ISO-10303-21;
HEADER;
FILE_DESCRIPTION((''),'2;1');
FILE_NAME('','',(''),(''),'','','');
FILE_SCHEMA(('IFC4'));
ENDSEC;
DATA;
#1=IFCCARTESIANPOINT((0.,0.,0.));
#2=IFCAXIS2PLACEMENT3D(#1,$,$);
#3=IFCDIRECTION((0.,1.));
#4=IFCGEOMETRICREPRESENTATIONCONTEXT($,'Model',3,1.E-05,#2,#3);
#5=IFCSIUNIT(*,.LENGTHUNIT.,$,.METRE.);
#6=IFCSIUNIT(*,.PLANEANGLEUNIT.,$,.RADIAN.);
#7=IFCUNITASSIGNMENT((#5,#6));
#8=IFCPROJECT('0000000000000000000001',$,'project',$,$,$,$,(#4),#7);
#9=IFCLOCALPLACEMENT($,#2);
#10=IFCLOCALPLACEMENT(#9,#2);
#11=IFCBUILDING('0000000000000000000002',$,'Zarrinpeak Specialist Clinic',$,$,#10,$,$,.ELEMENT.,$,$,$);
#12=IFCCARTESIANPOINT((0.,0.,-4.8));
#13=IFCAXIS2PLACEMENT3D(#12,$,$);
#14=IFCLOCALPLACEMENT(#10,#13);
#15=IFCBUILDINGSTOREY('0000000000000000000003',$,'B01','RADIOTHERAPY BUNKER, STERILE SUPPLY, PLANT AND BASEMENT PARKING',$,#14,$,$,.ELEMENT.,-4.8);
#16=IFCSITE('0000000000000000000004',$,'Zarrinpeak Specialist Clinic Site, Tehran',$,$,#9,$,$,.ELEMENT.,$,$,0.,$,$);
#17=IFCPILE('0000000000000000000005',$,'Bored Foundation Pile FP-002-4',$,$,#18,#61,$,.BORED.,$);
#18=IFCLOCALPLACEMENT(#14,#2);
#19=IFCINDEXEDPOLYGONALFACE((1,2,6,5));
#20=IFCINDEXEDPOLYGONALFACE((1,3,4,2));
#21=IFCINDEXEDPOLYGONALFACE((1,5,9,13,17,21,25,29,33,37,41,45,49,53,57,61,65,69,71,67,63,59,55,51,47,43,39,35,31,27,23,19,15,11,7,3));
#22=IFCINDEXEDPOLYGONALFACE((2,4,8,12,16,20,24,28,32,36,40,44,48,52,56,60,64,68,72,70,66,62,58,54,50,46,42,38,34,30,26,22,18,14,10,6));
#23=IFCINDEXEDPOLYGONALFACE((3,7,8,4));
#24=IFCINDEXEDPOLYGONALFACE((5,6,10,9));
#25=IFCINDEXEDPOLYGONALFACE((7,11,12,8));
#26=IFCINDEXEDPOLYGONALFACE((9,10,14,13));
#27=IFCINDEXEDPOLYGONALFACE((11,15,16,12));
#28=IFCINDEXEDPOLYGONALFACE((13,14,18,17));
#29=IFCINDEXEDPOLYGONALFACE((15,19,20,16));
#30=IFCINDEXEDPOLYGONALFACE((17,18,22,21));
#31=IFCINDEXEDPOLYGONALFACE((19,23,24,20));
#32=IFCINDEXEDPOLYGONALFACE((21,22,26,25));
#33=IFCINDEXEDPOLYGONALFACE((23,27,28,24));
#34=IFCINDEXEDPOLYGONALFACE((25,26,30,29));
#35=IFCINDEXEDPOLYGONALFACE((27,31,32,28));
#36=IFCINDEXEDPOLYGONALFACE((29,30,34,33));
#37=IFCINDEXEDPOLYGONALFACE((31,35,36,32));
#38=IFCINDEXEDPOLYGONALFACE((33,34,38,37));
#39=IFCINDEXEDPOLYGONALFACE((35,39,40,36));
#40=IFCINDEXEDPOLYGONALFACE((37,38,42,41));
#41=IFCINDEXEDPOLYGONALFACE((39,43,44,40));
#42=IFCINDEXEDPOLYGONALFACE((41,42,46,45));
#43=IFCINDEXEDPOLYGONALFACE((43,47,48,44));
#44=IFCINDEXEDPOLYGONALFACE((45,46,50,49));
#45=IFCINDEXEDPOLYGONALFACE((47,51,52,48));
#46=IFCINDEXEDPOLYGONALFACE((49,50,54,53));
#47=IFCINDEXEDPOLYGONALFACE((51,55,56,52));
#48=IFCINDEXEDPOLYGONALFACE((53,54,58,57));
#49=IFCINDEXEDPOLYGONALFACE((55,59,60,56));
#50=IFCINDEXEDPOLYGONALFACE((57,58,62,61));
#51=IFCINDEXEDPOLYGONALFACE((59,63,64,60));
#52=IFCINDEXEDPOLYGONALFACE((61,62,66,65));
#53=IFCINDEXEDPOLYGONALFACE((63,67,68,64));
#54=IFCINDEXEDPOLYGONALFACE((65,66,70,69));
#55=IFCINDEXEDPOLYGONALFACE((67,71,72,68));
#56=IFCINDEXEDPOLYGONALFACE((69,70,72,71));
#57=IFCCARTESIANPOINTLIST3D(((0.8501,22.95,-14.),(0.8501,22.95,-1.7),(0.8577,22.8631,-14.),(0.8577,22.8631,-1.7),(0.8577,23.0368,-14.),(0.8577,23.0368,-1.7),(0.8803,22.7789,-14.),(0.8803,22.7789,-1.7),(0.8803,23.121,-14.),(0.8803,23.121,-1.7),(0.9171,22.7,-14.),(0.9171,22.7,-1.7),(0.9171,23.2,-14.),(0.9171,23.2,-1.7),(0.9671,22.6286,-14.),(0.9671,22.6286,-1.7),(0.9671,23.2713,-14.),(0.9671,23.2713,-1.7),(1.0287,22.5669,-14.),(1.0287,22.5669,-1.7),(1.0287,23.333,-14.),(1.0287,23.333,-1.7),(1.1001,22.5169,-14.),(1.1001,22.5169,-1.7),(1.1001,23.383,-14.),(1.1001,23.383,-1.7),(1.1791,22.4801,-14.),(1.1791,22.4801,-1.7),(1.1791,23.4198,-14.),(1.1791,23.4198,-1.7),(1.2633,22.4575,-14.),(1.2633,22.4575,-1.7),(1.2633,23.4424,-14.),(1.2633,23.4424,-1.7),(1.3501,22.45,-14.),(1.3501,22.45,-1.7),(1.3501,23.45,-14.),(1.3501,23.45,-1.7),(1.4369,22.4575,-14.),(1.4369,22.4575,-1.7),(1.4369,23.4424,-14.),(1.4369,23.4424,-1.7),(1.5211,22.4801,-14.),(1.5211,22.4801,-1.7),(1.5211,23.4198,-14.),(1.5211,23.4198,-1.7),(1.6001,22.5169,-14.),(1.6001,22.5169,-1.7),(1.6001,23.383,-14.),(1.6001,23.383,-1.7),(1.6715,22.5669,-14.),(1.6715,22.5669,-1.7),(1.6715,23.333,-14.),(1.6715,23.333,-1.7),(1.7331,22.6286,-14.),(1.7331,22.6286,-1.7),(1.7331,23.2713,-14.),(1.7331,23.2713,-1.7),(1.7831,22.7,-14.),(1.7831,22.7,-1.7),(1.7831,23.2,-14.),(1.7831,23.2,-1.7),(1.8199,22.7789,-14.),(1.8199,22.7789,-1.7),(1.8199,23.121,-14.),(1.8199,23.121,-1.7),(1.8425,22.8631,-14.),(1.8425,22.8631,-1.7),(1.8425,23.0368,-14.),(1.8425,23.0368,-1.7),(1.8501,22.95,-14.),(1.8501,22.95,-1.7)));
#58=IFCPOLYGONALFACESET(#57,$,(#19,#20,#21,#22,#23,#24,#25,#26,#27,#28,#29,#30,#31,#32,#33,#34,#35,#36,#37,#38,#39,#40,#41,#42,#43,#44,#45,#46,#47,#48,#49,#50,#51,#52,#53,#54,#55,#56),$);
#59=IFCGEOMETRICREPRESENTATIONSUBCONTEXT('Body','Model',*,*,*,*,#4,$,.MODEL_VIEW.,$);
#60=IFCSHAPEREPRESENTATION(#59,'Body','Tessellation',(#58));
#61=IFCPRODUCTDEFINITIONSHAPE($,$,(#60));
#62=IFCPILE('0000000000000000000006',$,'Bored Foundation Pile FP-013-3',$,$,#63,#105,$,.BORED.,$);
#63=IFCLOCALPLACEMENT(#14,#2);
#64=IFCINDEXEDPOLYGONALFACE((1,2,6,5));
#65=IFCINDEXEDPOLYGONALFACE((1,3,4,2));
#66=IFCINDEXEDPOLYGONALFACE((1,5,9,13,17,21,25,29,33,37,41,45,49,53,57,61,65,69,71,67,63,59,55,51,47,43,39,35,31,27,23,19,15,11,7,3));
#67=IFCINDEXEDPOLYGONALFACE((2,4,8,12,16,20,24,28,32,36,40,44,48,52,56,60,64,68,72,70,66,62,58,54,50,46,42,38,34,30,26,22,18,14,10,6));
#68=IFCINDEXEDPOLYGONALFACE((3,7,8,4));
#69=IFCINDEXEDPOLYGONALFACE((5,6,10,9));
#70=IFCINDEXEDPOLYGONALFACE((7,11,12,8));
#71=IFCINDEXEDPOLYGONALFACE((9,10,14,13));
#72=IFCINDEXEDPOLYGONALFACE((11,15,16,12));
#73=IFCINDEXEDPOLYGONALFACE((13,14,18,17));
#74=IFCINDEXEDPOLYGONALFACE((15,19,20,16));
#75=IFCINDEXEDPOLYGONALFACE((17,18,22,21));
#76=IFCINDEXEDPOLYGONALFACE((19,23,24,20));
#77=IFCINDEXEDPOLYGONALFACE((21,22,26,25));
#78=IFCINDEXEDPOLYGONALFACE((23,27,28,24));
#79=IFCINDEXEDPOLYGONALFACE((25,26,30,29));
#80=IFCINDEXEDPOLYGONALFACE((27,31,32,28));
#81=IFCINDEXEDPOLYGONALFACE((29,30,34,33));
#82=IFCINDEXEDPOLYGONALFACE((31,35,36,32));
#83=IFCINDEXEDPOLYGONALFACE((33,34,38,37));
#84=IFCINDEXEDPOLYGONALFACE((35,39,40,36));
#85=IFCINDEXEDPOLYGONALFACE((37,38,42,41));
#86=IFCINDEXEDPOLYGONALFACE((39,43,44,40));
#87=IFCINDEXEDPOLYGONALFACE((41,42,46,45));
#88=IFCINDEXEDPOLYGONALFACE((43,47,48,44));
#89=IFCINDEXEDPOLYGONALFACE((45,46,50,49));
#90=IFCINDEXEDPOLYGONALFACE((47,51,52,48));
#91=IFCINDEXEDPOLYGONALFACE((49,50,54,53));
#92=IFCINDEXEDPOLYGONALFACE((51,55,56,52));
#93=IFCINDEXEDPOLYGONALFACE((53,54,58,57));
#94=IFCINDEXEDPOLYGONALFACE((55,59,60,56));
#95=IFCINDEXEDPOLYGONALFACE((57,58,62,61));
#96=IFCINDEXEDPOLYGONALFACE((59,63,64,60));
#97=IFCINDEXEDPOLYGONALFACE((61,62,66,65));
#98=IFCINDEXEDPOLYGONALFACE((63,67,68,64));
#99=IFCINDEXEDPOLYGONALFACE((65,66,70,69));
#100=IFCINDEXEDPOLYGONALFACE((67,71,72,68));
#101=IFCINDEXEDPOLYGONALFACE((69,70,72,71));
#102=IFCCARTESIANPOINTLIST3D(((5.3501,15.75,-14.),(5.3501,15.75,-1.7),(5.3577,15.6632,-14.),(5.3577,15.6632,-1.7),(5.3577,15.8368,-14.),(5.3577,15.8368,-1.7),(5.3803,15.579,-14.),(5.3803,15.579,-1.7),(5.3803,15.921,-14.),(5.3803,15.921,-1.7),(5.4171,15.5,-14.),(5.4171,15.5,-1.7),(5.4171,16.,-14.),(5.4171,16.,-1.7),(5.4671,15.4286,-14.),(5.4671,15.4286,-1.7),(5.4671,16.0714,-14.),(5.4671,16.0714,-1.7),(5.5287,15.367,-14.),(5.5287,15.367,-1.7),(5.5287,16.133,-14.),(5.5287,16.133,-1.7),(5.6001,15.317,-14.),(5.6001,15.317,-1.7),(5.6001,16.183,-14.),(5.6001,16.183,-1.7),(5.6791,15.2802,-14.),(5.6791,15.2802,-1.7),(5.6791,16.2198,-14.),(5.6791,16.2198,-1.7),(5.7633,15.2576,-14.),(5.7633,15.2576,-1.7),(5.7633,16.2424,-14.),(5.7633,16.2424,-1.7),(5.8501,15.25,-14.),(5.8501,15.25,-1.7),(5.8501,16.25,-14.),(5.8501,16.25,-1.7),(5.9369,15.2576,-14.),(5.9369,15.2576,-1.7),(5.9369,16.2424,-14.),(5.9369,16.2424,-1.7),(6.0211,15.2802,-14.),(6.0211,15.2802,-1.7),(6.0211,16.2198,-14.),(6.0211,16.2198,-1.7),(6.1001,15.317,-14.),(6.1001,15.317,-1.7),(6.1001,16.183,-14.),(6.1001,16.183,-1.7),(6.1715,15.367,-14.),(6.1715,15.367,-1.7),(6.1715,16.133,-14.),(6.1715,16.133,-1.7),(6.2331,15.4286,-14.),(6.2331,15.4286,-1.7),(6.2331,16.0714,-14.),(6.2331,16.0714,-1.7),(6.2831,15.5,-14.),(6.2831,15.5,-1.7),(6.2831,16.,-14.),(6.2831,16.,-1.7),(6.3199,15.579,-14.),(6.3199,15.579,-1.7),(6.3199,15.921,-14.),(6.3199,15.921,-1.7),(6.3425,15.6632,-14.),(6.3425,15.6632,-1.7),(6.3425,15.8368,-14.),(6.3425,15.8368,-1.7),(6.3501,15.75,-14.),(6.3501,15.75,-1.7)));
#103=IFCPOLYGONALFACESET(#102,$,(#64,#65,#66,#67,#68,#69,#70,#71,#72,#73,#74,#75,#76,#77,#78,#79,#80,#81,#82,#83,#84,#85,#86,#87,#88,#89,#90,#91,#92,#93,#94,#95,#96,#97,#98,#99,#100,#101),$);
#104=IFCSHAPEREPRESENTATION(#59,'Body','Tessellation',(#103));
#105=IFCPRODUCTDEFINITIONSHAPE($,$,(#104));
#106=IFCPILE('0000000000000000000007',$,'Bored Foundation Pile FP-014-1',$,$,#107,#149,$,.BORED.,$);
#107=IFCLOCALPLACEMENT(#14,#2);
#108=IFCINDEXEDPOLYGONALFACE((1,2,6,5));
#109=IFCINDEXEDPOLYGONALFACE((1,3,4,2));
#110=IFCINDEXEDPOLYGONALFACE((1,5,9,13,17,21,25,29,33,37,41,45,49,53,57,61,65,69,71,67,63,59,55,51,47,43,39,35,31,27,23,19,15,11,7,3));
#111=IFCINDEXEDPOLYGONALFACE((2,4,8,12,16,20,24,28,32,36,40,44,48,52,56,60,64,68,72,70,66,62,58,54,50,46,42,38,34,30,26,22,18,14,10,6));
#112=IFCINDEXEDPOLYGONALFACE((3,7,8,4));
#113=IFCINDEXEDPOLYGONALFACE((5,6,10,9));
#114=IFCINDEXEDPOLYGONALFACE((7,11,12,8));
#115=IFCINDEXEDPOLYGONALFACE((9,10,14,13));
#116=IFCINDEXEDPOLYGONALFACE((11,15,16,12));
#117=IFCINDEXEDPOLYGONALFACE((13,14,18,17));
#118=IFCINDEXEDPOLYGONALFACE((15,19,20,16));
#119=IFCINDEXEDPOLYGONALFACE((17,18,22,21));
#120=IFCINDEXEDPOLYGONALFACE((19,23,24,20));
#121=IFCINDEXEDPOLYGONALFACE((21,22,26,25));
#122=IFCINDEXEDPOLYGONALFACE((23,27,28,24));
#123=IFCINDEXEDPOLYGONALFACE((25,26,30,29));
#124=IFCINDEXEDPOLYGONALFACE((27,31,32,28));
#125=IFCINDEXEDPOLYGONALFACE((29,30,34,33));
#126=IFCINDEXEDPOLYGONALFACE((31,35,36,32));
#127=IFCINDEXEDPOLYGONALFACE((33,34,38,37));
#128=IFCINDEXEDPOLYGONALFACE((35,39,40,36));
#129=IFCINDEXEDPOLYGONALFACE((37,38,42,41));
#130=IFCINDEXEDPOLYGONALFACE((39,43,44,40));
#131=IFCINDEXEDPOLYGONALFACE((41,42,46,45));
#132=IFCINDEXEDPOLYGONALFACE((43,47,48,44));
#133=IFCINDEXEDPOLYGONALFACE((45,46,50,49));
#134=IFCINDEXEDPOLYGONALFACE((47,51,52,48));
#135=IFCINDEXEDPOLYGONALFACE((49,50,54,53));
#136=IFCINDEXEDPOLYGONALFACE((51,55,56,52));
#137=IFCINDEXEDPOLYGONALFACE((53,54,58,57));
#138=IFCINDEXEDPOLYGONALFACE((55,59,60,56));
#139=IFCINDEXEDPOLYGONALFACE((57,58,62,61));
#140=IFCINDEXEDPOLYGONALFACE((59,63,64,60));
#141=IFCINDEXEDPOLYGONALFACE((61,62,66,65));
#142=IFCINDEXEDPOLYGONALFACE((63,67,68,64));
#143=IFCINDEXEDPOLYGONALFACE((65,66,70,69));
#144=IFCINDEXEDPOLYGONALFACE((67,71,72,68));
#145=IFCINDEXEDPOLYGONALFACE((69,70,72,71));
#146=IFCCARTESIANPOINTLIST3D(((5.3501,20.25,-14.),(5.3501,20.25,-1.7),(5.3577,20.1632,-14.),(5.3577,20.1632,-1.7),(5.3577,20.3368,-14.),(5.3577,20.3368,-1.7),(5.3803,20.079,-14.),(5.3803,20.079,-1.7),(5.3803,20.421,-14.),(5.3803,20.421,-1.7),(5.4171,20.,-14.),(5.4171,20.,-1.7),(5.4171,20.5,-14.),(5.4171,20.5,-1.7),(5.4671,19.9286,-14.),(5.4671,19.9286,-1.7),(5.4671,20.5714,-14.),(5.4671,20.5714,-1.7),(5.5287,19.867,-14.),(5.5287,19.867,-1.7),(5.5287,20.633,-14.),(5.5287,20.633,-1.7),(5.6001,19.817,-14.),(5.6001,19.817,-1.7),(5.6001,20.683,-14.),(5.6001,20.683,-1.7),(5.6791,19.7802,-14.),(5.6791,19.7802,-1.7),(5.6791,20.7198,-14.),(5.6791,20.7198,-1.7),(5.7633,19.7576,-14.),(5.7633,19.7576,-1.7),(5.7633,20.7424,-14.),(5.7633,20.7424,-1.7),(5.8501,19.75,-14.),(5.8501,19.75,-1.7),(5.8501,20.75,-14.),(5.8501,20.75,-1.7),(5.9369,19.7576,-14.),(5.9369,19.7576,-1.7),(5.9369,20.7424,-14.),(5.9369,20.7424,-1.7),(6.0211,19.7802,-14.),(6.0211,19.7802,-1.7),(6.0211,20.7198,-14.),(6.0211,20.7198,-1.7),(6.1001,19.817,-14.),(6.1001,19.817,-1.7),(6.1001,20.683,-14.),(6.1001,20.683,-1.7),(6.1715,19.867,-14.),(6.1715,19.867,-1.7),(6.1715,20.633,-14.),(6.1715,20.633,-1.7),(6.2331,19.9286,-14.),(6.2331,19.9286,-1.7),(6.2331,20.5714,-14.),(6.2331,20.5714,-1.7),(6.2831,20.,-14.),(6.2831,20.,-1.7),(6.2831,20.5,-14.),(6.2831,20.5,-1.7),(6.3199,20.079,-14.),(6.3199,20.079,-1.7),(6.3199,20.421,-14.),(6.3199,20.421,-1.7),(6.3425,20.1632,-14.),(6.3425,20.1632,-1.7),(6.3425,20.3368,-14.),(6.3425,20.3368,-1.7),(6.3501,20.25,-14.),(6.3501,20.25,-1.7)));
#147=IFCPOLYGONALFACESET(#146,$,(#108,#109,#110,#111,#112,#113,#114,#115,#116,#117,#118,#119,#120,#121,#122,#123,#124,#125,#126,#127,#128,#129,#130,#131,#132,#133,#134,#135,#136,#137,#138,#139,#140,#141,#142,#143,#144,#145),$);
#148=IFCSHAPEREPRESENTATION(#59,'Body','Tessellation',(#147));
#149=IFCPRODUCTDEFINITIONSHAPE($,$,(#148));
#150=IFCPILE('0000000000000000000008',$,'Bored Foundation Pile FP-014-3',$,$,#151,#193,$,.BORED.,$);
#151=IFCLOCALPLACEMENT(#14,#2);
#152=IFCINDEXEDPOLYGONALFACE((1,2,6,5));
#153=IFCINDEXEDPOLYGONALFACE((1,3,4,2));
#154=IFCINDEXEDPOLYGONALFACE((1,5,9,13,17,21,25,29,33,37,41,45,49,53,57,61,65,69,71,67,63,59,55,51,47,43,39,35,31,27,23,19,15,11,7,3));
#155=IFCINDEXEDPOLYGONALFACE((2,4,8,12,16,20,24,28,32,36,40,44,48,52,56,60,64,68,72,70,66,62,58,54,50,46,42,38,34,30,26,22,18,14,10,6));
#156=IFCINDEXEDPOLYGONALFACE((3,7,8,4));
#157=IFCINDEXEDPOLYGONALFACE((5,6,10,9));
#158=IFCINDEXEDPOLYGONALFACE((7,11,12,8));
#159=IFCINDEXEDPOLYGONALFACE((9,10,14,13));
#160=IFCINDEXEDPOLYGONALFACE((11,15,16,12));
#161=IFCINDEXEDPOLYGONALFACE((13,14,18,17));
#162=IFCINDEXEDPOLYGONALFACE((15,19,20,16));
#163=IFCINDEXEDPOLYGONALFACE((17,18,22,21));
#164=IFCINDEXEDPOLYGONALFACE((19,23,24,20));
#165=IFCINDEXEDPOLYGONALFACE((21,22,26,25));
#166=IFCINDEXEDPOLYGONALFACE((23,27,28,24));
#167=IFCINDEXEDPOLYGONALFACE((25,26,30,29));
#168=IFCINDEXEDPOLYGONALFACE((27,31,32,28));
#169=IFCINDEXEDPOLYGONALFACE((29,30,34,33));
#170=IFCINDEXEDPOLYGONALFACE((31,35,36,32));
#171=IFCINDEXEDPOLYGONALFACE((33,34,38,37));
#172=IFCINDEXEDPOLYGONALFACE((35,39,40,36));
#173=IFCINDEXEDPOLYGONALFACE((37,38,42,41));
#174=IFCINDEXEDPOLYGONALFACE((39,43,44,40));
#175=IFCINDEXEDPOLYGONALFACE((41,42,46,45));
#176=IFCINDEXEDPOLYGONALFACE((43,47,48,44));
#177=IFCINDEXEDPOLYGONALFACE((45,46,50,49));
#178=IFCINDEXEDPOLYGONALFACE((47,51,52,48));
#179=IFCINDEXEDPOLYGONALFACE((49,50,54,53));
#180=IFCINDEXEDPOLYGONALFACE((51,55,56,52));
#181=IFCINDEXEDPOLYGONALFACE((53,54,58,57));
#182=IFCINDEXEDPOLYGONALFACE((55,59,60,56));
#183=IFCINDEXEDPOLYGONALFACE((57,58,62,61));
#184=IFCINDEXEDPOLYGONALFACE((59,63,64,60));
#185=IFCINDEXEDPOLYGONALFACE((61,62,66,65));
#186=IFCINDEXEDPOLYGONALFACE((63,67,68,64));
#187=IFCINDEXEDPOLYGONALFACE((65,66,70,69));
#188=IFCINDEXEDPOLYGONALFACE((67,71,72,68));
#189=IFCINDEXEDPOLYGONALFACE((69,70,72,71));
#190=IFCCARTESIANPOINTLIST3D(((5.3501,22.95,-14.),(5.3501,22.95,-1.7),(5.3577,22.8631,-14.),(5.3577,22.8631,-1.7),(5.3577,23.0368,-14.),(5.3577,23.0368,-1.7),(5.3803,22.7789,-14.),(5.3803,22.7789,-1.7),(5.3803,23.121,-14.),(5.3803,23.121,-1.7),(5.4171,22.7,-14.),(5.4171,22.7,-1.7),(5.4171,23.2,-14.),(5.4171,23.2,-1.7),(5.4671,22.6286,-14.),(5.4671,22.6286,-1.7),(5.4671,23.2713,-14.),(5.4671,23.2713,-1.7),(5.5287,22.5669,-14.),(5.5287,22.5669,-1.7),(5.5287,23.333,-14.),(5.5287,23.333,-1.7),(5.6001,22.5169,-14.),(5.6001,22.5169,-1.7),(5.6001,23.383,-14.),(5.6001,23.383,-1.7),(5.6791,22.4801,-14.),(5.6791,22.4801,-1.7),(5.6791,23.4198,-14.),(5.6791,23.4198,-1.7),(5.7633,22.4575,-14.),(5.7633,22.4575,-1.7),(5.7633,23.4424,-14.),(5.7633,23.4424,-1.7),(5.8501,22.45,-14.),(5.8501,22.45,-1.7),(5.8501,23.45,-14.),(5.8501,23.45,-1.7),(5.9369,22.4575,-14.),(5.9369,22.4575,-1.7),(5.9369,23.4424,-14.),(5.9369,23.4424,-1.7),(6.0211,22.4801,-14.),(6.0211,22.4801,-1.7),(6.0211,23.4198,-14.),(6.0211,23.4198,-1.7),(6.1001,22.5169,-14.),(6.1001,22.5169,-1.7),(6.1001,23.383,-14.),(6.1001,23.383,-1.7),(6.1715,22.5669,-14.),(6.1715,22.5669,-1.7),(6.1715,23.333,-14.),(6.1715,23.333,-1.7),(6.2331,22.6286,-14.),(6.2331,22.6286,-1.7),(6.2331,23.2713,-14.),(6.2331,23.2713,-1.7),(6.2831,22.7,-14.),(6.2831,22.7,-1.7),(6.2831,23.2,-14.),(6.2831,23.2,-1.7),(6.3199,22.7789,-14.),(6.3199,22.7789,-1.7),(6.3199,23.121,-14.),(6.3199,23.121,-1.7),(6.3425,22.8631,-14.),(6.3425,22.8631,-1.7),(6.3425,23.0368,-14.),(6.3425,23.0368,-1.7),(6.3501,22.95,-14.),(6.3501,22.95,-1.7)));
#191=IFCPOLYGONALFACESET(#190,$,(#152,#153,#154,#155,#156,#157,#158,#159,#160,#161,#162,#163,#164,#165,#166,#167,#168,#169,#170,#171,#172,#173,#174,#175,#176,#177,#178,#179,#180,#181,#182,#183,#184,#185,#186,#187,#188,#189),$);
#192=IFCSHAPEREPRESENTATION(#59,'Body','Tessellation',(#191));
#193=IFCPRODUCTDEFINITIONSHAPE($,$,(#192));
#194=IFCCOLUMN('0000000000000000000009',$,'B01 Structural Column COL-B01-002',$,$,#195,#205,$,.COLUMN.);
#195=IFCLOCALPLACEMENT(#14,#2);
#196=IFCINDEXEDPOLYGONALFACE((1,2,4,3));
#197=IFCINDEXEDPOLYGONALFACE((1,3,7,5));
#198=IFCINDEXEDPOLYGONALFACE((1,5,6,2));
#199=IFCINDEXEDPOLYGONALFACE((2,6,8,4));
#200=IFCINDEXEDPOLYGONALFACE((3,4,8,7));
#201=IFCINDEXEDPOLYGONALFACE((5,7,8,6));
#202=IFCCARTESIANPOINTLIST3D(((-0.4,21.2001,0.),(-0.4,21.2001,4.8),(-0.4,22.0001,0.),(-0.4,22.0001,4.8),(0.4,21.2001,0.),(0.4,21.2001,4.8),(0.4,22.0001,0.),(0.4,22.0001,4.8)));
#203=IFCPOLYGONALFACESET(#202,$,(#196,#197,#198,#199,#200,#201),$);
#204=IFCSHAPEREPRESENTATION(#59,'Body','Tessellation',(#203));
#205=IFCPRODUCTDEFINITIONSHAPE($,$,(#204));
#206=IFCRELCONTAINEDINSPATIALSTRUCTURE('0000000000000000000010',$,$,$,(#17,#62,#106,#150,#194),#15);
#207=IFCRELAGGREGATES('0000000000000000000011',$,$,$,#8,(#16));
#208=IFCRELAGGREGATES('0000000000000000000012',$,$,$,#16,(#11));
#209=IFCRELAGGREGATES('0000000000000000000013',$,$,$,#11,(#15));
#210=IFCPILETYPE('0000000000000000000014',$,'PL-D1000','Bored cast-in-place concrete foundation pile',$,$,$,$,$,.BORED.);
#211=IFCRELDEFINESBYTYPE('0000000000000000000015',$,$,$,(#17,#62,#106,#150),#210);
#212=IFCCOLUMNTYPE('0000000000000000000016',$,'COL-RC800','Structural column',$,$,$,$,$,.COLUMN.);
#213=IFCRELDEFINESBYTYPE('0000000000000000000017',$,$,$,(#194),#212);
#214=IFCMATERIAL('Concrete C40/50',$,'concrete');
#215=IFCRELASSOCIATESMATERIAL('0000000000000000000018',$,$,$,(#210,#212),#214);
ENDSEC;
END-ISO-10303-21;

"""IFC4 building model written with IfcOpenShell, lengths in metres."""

from ifc_helpers import new_model, si_unit, direction, frame, origin, origin_2d, place, context, subcontext, project, spatial, rectangle, circle, extrude, material, material_profile, profile_set, type_object, element, save


model = new_model("IFC4")

# Units and contexts
model_context = context("Model", 3, precision=1e-05, world=origin(), true_north=direction((0.0, 1.0)))
body_context = subcontext(model_context, "Body", "Model", "MODEL_VIEW")
ifc_project = project(units=[si_unit("LENGTHUNIT", "METRE"), si_unit("PLANEANGLEUNIT", "RADIAN")], contexts=[model_context])

# Site, building, storey
site_placement = place(None, origin())
site = spatial("IfcSite", under=ifc_project, at=site_placement, Name="Zarrinpeak Specialist Clinic Site, Tehran", CompositionType="ELEMENT", RefElevation=0.0)
building_placement = place(site_placement, origin())
building = spatial("IfcBuilding", under=site, at=building_placement, Name="Zarrinpeak Specialist Clinic", CompositionType="ELEMENT")
storey_placement = place(building_placement, frame((0.0, 0.0, -4.8)))
storey = spatial("IfcBuildingStorey", under=building, at=storey_placement, Name="B01", Description="RADIOTHERAPY BUNKER, STERILE SUPPLY, PLANT AND BASEMENT PARKING", CompositionType="ELEMENT", Elevation=-4.8)

# Shared definitions
ifc_material_1 = material(Name="Concrete C40/50", Category="concrete")

# Piles
ifc_material_profile_1 = material_profile(ifc_material_1, circle(Radius=0.5, at=origin_2d()), Name="BORED PILE D1000")
ifc_profile_set_1 = profile_set([ifc_material_profile_1], Name="Concrete C40/50")
pile_type = type_object("IfcPileType", Name="PL-D1000", Description="Bored cast-in-place concrete foundation pile", PredefinedType="BORED", material=ifc_profile_set_1)
for number, where, z_axis, x_axis, name in (
    (1, (1.3501, 22.95, -1.7), (0.0, 0.0, -1.0), (1.0, 0.0, 0.0), "Bored Foundation Pile FP-002-4"),
    (2, (5.8501, 15.75, -1.7), (0.0, 0.0, -1.0), (1.0, 0.0, 0.0), "Bored Foundation Pile FP-013-3"),
    (3, (5.8501, 20.25, -1.7), (0.0, 0.0, -1.0), (1.0, 0.0, 0.0), "Bored Foundation Pile FP-014-1"),
    (4, (5.8501, 22.95, -1.7), (0.0, 0.0, -1.0), (1.0, 0.0, 0.0), "Bored Foundation Pile FP-014-3"),
):
    element("IfcPile", number, at=place(storey_placement, frame(where, z_axis=z_axis, x_axis=x_axis)), inside=storey, type_object=pile_type, Name=name, PredefinedType="BORED", context=body_context, shape_type="SweptSolid", body=[
        extrude(circle(Radius=0.5, at=origin_2d()), origin(), (0.0, 0.0, 1.0), 12.3),
    ])

# Column
ifc_material_profile_2 = material_profile(ifc_material_1, rectangle(XDim=0.8, YDim=0.8, at=origin_2d()), Name="RC 800x800")
ifc_profile_set_2 = profile_set([ifc_material_profile_2], Name="Concrete C40/50")
column_type = type_object("IfcColumnType", Name="COL-RC800", Description="Structural column", PredefinedType="COLUMN", material=ifc_profile_set_2)
column_placement = place(storey_placement, frame((0.0, 21.6001, 0.0), z_axis=(0.0, 0.0, 1.0), x_axis=(1.0, 0.0, 0.0)))
element("IfcColumn", 5, at=column_placement, inside=storey, type_object=column_type, Name="B01 Structural Column COL-B01-002", PredefinedType="COLUMN", context=body_context, shape_type="SweptSolid", body=[
    extrude(rectangle(XDim=0.8, YDim=0.8, at=origin_2d()), origin(), (0.0, 0.0, 1.0), 4.8),
])

save(model, "model.ifc")
